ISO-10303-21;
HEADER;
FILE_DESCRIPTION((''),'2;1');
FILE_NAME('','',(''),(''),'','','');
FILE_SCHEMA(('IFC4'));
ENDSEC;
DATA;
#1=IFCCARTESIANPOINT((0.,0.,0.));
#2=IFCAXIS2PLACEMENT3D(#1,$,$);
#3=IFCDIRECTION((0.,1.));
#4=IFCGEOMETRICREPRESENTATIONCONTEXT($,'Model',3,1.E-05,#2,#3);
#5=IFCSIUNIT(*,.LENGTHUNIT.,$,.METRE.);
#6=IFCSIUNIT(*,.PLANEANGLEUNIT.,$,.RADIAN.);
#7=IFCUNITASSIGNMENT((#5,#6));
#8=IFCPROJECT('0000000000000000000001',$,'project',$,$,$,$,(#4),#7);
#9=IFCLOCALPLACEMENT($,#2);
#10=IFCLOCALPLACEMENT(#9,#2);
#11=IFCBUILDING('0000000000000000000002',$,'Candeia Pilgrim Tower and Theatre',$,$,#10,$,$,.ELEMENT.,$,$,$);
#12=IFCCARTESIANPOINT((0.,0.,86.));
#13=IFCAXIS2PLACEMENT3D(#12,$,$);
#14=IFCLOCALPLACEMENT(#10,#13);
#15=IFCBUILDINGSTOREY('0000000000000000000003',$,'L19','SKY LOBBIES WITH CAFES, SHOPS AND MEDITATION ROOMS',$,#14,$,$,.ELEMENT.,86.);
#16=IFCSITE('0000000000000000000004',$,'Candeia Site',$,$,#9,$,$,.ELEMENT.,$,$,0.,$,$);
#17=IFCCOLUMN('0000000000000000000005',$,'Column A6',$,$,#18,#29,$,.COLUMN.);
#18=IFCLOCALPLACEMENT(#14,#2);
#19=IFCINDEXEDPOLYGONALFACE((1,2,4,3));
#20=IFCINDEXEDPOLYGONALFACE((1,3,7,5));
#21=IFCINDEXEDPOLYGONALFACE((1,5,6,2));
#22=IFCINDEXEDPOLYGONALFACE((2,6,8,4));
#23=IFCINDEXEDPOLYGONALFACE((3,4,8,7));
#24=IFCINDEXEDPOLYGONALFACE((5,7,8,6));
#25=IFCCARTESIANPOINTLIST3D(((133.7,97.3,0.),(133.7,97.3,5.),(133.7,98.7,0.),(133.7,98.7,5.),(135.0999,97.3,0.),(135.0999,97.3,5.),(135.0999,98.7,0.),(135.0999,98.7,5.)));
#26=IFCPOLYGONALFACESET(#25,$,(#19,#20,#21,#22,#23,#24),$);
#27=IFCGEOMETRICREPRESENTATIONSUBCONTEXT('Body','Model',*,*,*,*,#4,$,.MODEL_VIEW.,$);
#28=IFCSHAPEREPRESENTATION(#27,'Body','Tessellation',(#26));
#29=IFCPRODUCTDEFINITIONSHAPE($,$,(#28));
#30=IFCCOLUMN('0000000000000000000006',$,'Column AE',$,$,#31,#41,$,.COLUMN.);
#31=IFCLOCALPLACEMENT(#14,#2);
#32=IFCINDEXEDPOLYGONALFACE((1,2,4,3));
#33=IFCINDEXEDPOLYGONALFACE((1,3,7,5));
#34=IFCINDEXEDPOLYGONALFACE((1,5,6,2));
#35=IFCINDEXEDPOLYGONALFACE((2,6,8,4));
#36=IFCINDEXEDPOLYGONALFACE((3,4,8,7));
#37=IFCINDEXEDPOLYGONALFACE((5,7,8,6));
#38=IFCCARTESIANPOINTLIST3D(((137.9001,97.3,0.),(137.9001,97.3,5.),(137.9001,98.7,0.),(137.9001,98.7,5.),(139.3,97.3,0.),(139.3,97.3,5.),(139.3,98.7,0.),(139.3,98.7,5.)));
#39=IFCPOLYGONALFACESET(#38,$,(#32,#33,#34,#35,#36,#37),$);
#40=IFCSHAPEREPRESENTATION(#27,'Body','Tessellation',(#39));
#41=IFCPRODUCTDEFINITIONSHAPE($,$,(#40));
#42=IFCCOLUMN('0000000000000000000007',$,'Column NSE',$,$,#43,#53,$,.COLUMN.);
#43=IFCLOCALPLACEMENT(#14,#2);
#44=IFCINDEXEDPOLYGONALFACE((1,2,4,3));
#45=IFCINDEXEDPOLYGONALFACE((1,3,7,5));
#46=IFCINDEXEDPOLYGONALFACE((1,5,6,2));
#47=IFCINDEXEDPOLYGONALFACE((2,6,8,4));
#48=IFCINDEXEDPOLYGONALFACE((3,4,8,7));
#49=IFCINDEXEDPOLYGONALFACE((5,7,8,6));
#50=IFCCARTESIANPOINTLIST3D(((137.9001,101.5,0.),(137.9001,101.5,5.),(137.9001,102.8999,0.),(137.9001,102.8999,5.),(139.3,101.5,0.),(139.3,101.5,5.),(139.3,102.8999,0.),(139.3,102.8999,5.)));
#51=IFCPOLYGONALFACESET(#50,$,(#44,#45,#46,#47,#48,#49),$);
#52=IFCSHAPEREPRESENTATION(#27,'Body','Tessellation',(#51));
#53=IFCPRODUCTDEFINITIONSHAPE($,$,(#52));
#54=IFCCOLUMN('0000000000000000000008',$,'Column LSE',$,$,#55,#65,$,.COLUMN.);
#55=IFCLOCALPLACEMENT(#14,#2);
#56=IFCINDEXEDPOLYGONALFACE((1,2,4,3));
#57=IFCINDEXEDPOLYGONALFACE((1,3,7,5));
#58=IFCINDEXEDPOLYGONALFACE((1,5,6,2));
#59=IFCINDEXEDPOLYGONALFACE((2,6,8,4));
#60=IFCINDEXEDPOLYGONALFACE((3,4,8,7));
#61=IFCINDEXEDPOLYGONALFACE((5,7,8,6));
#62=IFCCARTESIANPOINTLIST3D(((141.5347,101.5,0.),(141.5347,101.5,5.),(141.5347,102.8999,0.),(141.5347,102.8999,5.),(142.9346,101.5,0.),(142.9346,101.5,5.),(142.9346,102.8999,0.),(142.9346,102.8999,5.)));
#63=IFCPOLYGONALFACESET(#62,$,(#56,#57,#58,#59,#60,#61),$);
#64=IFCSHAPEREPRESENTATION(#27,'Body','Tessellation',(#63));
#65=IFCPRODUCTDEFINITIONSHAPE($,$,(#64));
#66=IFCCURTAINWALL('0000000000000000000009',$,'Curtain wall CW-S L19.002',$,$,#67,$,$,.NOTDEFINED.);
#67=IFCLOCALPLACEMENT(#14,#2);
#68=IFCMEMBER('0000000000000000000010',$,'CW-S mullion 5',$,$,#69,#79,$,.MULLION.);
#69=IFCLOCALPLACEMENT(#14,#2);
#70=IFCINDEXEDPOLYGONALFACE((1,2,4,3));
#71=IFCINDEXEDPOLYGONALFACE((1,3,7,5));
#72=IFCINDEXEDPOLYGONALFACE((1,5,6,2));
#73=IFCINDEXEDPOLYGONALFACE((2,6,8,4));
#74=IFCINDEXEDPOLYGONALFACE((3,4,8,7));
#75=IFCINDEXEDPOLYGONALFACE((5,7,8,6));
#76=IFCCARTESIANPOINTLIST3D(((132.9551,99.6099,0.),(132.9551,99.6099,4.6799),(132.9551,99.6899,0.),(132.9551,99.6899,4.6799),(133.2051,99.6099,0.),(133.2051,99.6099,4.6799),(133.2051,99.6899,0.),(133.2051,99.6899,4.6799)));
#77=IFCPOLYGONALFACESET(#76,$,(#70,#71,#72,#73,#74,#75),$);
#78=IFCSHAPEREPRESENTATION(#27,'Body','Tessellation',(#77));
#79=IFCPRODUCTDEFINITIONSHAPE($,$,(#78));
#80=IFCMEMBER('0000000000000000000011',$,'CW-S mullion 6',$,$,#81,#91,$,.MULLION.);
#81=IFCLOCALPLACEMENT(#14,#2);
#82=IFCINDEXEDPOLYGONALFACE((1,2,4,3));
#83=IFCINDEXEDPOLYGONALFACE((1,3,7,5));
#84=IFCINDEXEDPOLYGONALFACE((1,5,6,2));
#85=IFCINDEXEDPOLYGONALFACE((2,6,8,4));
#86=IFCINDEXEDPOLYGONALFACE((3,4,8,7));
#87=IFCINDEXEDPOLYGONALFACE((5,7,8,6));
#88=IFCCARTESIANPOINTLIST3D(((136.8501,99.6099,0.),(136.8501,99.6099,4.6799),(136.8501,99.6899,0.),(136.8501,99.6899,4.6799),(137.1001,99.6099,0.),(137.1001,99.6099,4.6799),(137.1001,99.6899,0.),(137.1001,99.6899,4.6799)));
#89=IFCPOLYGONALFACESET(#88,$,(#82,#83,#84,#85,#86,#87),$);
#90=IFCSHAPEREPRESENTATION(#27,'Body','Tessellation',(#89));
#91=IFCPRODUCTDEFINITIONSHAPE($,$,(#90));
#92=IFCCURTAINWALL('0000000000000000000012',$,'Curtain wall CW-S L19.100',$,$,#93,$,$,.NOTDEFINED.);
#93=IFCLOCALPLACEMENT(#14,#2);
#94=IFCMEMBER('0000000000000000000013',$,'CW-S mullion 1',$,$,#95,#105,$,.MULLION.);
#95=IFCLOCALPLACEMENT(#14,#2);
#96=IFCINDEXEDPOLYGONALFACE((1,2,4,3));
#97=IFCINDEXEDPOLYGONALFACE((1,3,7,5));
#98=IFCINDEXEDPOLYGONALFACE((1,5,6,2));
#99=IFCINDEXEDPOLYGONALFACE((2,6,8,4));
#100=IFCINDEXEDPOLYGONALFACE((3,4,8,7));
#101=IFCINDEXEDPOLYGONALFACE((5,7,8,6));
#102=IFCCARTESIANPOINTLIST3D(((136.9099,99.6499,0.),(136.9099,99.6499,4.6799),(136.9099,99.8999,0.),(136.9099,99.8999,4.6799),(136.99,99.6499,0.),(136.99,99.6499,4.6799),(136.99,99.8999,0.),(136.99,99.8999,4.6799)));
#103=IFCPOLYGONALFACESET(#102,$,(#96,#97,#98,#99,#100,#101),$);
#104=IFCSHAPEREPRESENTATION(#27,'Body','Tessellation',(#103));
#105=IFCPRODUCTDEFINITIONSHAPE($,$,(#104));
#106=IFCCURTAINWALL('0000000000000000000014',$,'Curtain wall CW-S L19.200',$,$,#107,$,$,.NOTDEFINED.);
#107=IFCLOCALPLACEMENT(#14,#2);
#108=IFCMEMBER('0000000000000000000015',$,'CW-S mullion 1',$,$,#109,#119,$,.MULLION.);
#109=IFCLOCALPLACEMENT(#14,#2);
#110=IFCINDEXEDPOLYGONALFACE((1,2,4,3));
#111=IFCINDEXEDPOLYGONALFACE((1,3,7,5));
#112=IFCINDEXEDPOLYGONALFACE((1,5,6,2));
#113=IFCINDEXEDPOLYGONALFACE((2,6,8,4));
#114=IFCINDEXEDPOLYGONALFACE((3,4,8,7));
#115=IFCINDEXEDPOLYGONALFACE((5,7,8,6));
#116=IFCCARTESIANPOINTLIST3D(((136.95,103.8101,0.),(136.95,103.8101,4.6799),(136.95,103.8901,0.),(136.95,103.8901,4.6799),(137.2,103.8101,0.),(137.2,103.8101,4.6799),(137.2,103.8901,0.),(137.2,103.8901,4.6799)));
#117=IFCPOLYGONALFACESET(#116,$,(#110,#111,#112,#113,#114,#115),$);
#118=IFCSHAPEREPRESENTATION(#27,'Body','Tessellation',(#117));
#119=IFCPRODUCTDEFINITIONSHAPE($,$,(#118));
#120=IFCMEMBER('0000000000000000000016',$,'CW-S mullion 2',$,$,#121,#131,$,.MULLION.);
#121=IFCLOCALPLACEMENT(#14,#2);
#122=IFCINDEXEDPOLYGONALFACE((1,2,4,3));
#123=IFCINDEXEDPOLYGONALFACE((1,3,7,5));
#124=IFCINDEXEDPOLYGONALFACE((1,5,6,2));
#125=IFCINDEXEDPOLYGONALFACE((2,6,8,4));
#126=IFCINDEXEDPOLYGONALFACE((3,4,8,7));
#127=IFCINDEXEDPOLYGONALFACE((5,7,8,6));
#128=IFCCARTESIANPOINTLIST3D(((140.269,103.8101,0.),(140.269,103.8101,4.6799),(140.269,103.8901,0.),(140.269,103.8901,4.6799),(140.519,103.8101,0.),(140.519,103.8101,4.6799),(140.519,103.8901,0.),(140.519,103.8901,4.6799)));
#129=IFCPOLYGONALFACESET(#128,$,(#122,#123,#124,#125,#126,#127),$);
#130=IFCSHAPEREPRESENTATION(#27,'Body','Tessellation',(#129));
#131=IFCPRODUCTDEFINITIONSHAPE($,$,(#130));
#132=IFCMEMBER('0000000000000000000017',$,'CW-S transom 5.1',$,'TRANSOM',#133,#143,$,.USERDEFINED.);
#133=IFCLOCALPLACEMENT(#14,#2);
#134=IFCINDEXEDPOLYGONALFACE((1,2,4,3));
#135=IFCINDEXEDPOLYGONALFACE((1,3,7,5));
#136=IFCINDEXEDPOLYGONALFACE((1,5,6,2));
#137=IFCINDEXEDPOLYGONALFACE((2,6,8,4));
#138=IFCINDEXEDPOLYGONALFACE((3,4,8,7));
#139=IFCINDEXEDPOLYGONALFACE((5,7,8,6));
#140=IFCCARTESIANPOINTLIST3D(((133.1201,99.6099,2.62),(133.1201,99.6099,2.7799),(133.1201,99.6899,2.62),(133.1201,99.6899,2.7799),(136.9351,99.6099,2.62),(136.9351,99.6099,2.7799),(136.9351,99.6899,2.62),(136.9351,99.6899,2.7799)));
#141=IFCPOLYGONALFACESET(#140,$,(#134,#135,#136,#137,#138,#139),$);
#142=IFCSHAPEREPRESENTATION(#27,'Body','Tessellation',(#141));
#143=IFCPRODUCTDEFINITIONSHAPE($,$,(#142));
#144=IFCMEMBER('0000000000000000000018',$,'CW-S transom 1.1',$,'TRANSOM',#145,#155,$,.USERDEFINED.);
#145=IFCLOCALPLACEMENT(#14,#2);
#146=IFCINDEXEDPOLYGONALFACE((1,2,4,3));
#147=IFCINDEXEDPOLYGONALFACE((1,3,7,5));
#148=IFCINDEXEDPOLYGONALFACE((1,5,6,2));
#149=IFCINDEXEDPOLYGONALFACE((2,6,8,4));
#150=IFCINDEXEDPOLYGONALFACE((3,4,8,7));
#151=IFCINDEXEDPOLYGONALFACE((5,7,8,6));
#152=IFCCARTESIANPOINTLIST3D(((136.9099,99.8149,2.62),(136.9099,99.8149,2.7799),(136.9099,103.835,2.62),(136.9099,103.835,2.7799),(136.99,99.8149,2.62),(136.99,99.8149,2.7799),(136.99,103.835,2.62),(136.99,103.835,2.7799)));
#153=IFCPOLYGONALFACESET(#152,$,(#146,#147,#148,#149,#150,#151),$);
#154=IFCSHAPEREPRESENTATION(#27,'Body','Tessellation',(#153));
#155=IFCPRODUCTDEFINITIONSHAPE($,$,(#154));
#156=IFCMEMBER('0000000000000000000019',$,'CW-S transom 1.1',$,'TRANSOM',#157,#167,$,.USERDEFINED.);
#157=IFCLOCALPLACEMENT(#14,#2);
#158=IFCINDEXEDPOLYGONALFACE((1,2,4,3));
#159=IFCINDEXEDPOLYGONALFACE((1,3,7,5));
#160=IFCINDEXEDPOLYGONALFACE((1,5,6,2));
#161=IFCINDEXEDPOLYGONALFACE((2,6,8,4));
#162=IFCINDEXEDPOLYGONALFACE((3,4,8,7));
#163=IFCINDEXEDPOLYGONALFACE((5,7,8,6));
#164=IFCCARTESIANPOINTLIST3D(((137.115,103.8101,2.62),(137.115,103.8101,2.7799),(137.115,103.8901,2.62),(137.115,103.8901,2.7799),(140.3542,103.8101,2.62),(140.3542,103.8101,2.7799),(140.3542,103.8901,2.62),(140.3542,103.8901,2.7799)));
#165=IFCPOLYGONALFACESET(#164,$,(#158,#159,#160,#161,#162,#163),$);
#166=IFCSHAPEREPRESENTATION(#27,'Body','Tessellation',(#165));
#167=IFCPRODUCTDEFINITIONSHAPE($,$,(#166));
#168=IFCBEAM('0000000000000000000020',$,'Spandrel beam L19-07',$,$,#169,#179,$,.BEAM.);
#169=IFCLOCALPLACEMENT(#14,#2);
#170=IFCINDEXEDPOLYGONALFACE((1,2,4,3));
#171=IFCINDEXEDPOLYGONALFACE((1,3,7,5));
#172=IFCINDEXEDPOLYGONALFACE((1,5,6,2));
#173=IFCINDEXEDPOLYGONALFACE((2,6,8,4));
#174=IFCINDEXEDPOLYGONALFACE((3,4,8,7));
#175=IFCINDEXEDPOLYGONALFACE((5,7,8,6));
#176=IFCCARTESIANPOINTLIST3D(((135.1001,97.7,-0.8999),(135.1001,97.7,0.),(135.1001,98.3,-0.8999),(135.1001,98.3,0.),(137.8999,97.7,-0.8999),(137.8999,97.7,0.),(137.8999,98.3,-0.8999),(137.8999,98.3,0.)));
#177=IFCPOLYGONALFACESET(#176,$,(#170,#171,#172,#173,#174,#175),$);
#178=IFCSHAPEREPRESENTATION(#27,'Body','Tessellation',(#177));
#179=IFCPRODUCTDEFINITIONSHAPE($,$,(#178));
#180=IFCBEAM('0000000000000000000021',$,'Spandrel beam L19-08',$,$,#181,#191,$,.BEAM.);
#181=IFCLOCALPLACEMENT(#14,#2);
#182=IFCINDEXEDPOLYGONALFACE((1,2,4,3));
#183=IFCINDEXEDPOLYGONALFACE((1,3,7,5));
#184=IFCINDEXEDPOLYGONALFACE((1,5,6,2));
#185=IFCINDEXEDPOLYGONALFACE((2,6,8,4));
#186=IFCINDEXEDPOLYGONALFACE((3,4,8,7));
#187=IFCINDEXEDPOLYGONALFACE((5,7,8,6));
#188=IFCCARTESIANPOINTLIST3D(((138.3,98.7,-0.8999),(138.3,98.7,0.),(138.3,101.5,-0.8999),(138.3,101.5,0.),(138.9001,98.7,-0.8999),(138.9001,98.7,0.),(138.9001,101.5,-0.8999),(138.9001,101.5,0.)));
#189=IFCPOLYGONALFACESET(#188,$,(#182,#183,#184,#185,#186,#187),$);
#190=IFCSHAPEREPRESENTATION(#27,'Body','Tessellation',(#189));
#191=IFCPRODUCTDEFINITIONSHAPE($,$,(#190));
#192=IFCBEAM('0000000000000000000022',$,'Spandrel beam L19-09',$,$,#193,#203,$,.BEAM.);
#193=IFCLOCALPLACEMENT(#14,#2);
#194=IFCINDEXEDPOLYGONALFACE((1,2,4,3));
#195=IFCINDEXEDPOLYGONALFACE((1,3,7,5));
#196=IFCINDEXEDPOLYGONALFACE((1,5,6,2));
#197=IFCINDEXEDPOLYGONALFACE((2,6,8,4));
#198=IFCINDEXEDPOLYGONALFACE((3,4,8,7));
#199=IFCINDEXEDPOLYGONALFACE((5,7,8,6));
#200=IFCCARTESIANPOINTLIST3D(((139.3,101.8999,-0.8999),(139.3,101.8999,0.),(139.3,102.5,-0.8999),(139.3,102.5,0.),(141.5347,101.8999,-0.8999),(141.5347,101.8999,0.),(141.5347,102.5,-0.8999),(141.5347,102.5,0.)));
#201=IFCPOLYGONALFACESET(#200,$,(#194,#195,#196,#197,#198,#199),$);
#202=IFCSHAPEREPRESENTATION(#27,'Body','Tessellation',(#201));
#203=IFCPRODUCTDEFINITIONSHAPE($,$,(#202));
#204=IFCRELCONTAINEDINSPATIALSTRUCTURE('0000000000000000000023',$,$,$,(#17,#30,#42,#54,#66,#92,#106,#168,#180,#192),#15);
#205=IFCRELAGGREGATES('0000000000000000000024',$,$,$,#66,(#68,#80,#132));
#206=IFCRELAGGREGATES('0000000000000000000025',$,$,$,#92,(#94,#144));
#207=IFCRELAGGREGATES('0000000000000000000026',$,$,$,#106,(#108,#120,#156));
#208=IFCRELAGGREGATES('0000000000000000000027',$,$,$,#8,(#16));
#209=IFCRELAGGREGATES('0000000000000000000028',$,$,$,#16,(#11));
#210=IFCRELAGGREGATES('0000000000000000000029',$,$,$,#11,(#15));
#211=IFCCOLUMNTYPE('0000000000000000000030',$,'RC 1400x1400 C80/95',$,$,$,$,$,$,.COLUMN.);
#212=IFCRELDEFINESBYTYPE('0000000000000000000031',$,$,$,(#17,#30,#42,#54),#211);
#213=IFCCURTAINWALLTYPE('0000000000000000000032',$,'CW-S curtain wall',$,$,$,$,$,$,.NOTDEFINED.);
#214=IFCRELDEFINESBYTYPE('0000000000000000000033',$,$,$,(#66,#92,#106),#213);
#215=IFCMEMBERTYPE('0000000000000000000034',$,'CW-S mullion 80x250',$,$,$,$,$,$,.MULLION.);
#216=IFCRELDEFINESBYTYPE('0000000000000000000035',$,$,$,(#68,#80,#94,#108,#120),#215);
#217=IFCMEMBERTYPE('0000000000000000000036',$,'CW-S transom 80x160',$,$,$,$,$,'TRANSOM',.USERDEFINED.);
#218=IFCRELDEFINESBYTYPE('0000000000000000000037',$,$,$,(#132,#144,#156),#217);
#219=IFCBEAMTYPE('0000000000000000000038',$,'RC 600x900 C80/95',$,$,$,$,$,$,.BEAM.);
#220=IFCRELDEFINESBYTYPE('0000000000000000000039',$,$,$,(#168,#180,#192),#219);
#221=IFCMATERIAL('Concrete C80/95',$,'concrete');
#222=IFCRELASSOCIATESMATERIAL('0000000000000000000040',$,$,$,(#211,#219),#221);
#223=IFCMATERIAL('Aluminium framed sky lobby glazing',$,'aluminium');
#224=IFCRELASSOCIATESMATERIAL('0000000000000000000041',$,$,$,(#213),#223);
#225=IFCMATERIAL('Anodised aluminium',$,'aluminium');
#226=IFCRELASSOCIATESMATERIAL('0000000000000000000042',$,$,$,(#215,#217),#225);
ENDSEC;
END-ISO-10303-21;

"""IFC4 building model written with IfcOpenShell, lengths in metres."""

from ifc_helpers import new_model, si_unit, direction, frame, origin, origin_2d, place, context, subcontext, project, spatial, rectangle, extrude, material, material_profile, profile_set, type_object, element, aggregate, save


model = new_model("IFC4")

# Units and contexts
model_context = context("Model", 3, precision=1e-05, world=origin(), true_north=direction((0.0, 1.0)))
body_context = subcontext(model_context, "Body", "Model", "MODEL_VIEW")
ifc_project = project(units=[si_unit("LENGTHUNIT", "METRE"), si_unit("PLANEANGLEUNIT", "RADIAN")], contexts=[model_context])

# Site, building, storey
site_placement = place(None, origin())
site = spatial("IfcSite", under=ifc_project, at=site_placement, Name="Candeia Site", CompositionType="ELEMENT", RefElevation=0.0)
building_placement = place(site_placement, origin())
building = spatial("IfcBuilding", under=site, at=building_placement, Name="Candeia Pilgrim Tower and Theatre", CompositionType="ELEMENT")
storey_placement = place(building_placement, frame((0.0, 0.0, 86.0)))
storey = spatial("IfcBuildingStorey", under=building, at=storey_placement, Name="L19", Description="SKY LOBBIES WITH CAFES, SHOPS AND MEDITATION ROOMS", CompositionType="ELEMENT", Elevation=86.0)

# Columns
ifc_material_1 = material(Name="Concrete C80/95", Category="concrete")
ifc_material_profile_1 = material_profile(ifc_material_1, rectangle(XDim=1.3999, YDim=1.3999, at=origin_2d()))
ifc_profile_set_1 = profile_set([ifc_material_profile_1], Name="Concrete C80/95")
column_type = type_object("IfcColumnType", Name="RC 1400x1400 C80/95", PredefinedType="COLUMN", material=ifc_profile_set_1)
for number, where, z_axis, x_axis, name in (
    (1, (134.3999, 98.0, 0.0), (0.0, 0.0, 1.0), (1.0, 0.0, 0.0), "Column A6"),
    (2, (138.6001, 98.0, 0.0), (0.0, 0.0, 1.0), (1.0, 0.0, 0.0), "Column AE"),
    (3, (138.6001, 102.2, 0.0), (0.0, 0.0, 1.0), (1.0, 0.0, 0.0), "Column NSE"),
    (4, (142.2346, 102.2, 0.0), (0.0, 0.0, 1.0), (1.0, 0.0, 0.0), "Column LSE"),
):
    element("IfcColumn", number, at=place(storey_placement, frame(where, z_axis=z_axis, x_axis=x_axis)), inside=storey, type_object=column_type, Name=name, PredefinedType="COLUMN", context=body_context, shape_type="SweptSolid", body=[
        extrude(rectangle(XDim=1.3999, YDim=1.3999, at=origin_2d()), origin(), (0.0, 0.0, 1.0), 5.0),
    ])

# Curtain wall, members
ifc_material_2 = material(Name="Aluminium framed sky lobby glazing", Category="aluminium")
curtain_wall_type = type_object("IfcCurtainWallType", Name="CW-S curtain wall", PredefinedType="NOTDEFINED", material=ifc_material_2)
curtain_wall_1_placement = place(storey_placement, origin())
curtain_wall_1 = element("IfcCurtainWall", 5, at=curtain_wall_1_placement, inside=storey, type_object=curtain_wall_type, Name="Curtain wall CW-S L19.002", PredefinedType="NOTDEFINED")
ifc_material_3 = material(Name="Anodised aluminium", Category="aluminium")
ifc_material_profile_2 = material_profile(ifc_material_3, rectangle(XDim=0.0801, YDim=0.25, at=origin_2d()))
ifc_profile_set_2 = profile_set([ifc_material_profile_2], Name="Anodised aluminium")
member_type_1 = type_object("IfcMemberType", Name="CW-S mullion 80x250", PredefinedType="MULLION", material=ifc_profile_set_2)
member_1_placement = place(storey_placement, frame((133.0801, 99.6499, 0.0), z_axis=(0.0, 0.0, 1.0), x_axis=(0.0, 1.0, 0.0)))
member_1 = element("IfcMember", 6, at=member_1_placement, type_object=member_type_1, Name="CW-S mullion 5", PredefinedType="MULLION", context=body_context, shape_type="SweptSolid", body=[
    extrude(rectangle(XDim=0.0801, YDim=0.25, at=origin_2d()), origin(), (0.0, 0.0, 1.0), 4.6799),
])
member_2_placement = place(storey_placement, frame((136.9751, 99.6499, 0.0), z_axis=(0.0, 0.0, 1.0), x_axis=(0.0, 1.0, 0.0)))
member_2 = element("IfcMember", 7, at=member_2_placement, type_object=member_type_1, Name="CW-S mullion 6", PredefinedType="MULLION", context=body_context, shape_type="SweptSolid", body=[
    extrude(rectangle(XDim=0.0801, YDim=0.25, at=origin_2d()), origin(), (0.0, 0.0, 1.0), 4.6799),
])

# Curtain wall, member
curtain_wall_2_placement = place(storey_placement, origin())
curtain_wall_2 = element("IfcCurtainWall", 8, at=curtain_wall_2_placement, inside=storey, type_object=curtain_wall_type, Name="Curtain wall CW-S L19.100", PredefinedType="NOTDEFINED")
member_3_placement = place(storey_placement, frame((136.95, 99.7749, 0.0), z_axis=(0.0, 0.0, 1.0), x_axis=(-1.0, 0.0, 0.0)))
member_3 = element("IfcMember", 9, at=member_3_placement, type_object=member_type_1, Name="CW-S mullion 1", PredefinedType="MULLION", context=body_context, shape_type="SweptSolid", body=[
    extrude(rectangle(XDim=0.0801, YDim=0.25, at=origin_2d()), origin(), (0.0, 0.0, 1.0), 4.6799),
])

# Curtain wall, members
curtain_wall_3_placement = place(storey_placement, origin())
curtain_wall_3 = element("IfcCurtainWall", 10, at=curtain_wall_3_placement, inside=storey, type_object=curtain_wall_type, Name="Curtain wall CW-S L19.200", PredefinedType="NOTDEFINED")
member_4_placement = place(storey_placement, frame((137.075, 103.8501, 0.0), z_axis=(0.0, 0.0, 1.0), x_axis=(0.0, 1.0, 0.0)))
member_4 = element("IfcMember", 11, at=member_4_placement, type_object=member_type_1, Name="CW-S mullion 1", PredefinedType="MULLION", context=body_context, shape_type="SweptSolid", body=[
    extrude(rectangle(XDim=0.0801, YDim=0.25, at=origin_2d()), origin(), (0.0, 0.0, 1.0), 4.6799),
])
member_5_placement = place(storey_placement, frame((140.394, 103.8501, 0.0), z_axis=(0.0, 0.0, 1.0), x_axis=(0.0, 1.0, 0.0)))
member_5 = element("IfcMember", 12, at=member_5_placement, type_object=member_type_1, Name="CW-S mullion 2", PredefinedType="MULLION", context=body_context, shape_type="SweptSolid", body=[
    extrude(rectangle(XDim=0.0801, YDim=0.25, at=origin_2d()), origin(), (0.0, 0.0, 1.0), 4.6799),
])

# Members
ifc_material_profile_3 = material_profile(ifc_material_3, rectangle(XDim=0.0801, YDim=0.1599, at=origin_2d()))
ifc_profile_set_3 = profile_set([ifc_material_profile_3], Name="Anodised aluminium")
member_type_2 = type_object("IfcMemberType", Name="CW-S transom 80x160", ElementType="TRANSOM", PredefinedType="USERDEFINED", material=ifc_profile_set_3)
member_6_placement = place(storey_placement, frame((133.1201, 99.6499, 2.7), z_axis=(1.0, 0.0, 0.0), x_axis=(0.0, 1.0, 0.0)))
member_6 = element("IfcMember", 13, at=member_6_placement, type_object=member_type_2, Name="CW-S transom 5.1", ObjectType="TRANSOM", PredefinedType="USERDEFINED", context=body_context, shape_type="SweptSolid", body=[
    extrude(rectangle(XDim=0.0801, YDim=0.1599, at=origin_2d()), origin(), (0.0, 0.0, 1.0), 3.8149),
])
member_7_placement = place(storey_placement, frame((136.95, 99.8149, 2.7), z_axis=(0.0, 1.0, 0.0), x_axis=(-1.0, 0.0, 0.0)))
member_7 = element("IfcMember", 14, at=member_7_placement, type_object=member_type_2, Name="CW-S transom 1.1", ObjectType="TRANSOM", PredefinedType="USERDEFINED", context=body_context, shape_type="SweptSolid", body=[
    extrude(rectangle(XDim=0.0801, YDim=0.1599, at=origin_2d()), origin(), (0.0, 0.0, 1.0), 4.02),
])
member_8_placement = place(storey_placement, frame((137.115, 103.8501, 2.7), z_axis=(1.0, 0.0, 0.0), x_axis=(0.0, 1.0, 0.0)))
member_8 = element("IfcMember", 15, at=member_8_placement, type_object=member_type_2, Name="CW-S transom 1.1", ObjectType="TRANSOM", PredefinedType="USERDEFINED", context=body_context, shape_type="SweptSolid", body=[
    extrude(rectangle(XDim=0.0801, YDim=0.1599, at=origin_2d()), origin(), (0.0, 0.0, 1.0), 3.2393),
])

# Beams
ifc_material_profile_4 = material_profile(ifc_material_1, rectangle(XDim=0.6001, YDim=0.8999, at=origin_2d()))
ifc_profile_set_4 = profile_set([ifc_material_profile_4], Name="Concrete C80/95")
beam_type = type_object("IfcBeamType", Name="RC 600x900 C80/95", PredefinedType="BEAM", material=ifc_profile_set_4)
beam_1_placement = place(storey_placement, frame((135.1001, 98.0, -0.45), z_axis=(1.0, 0.0, 0.0), x_axis=(0.0, 1.0, 0.0)))
element("IfcBeam", 16, at=beam_1_placement, inside=storey, type_object=beam_type, Name="Spandrel beam L19-07", PredefinedType="BEAM", context=body_context, shape_type="SweptSolid", body=[
    extrude(rectangle(XDim=0.6001, YDim=0.8999, at=origin_2d()), origin(), (0.0, 0.0, 1.0), 2.7998),
])
beam_2_placement = place(storey_placement, frame((138.6001, 98.7, -0.45), z_axis=(0.0, 1.0, 0.0), x_axis=(-1.0, 0.0, 0.0)))
element("IfcBeam", 17, at=beam_2_placement, inside=storey, type_object=beam_type, Name="Spandrel beam L19-08", PredefinedType="BEAM", context=body_context, shape_type="SweptSolid", body=[
    extrude(rectangle(XDim=0.6001, YDim=0.8999, at=origin_2d()), origin(), (0.0, 0.0, 1.0), 2.8),
])
beam_3_placement = place(storey_placement, frame((139.3, 102.2, -0.45), z_axis=(1.0, 0.0, 0.0), x_axis=(0.0, 1.0, 0.0)))
element("IfcBeam", 18, at=beam_3_placement, inside=storey, type_object=beam_type, Name="Spandrel beam L19-09", PredefinedType="BEAM", context=body_context, shape_type="SweptSolid", body=[
    extrude(rectangle(XDim=0.6001, YDim=0.8999, at=origin_2d()), origin(), (0.0, 0.0, 1.0), 2.2346),
])

aggregate(curtain_wall_1, [member_1, member_2, member_6])
aggregate(curtain_wall_2, [member_3, member_7])
aggregate(curtain_wall_3, [member_4, member_5, member_8])

save(model, "model.ifc")
